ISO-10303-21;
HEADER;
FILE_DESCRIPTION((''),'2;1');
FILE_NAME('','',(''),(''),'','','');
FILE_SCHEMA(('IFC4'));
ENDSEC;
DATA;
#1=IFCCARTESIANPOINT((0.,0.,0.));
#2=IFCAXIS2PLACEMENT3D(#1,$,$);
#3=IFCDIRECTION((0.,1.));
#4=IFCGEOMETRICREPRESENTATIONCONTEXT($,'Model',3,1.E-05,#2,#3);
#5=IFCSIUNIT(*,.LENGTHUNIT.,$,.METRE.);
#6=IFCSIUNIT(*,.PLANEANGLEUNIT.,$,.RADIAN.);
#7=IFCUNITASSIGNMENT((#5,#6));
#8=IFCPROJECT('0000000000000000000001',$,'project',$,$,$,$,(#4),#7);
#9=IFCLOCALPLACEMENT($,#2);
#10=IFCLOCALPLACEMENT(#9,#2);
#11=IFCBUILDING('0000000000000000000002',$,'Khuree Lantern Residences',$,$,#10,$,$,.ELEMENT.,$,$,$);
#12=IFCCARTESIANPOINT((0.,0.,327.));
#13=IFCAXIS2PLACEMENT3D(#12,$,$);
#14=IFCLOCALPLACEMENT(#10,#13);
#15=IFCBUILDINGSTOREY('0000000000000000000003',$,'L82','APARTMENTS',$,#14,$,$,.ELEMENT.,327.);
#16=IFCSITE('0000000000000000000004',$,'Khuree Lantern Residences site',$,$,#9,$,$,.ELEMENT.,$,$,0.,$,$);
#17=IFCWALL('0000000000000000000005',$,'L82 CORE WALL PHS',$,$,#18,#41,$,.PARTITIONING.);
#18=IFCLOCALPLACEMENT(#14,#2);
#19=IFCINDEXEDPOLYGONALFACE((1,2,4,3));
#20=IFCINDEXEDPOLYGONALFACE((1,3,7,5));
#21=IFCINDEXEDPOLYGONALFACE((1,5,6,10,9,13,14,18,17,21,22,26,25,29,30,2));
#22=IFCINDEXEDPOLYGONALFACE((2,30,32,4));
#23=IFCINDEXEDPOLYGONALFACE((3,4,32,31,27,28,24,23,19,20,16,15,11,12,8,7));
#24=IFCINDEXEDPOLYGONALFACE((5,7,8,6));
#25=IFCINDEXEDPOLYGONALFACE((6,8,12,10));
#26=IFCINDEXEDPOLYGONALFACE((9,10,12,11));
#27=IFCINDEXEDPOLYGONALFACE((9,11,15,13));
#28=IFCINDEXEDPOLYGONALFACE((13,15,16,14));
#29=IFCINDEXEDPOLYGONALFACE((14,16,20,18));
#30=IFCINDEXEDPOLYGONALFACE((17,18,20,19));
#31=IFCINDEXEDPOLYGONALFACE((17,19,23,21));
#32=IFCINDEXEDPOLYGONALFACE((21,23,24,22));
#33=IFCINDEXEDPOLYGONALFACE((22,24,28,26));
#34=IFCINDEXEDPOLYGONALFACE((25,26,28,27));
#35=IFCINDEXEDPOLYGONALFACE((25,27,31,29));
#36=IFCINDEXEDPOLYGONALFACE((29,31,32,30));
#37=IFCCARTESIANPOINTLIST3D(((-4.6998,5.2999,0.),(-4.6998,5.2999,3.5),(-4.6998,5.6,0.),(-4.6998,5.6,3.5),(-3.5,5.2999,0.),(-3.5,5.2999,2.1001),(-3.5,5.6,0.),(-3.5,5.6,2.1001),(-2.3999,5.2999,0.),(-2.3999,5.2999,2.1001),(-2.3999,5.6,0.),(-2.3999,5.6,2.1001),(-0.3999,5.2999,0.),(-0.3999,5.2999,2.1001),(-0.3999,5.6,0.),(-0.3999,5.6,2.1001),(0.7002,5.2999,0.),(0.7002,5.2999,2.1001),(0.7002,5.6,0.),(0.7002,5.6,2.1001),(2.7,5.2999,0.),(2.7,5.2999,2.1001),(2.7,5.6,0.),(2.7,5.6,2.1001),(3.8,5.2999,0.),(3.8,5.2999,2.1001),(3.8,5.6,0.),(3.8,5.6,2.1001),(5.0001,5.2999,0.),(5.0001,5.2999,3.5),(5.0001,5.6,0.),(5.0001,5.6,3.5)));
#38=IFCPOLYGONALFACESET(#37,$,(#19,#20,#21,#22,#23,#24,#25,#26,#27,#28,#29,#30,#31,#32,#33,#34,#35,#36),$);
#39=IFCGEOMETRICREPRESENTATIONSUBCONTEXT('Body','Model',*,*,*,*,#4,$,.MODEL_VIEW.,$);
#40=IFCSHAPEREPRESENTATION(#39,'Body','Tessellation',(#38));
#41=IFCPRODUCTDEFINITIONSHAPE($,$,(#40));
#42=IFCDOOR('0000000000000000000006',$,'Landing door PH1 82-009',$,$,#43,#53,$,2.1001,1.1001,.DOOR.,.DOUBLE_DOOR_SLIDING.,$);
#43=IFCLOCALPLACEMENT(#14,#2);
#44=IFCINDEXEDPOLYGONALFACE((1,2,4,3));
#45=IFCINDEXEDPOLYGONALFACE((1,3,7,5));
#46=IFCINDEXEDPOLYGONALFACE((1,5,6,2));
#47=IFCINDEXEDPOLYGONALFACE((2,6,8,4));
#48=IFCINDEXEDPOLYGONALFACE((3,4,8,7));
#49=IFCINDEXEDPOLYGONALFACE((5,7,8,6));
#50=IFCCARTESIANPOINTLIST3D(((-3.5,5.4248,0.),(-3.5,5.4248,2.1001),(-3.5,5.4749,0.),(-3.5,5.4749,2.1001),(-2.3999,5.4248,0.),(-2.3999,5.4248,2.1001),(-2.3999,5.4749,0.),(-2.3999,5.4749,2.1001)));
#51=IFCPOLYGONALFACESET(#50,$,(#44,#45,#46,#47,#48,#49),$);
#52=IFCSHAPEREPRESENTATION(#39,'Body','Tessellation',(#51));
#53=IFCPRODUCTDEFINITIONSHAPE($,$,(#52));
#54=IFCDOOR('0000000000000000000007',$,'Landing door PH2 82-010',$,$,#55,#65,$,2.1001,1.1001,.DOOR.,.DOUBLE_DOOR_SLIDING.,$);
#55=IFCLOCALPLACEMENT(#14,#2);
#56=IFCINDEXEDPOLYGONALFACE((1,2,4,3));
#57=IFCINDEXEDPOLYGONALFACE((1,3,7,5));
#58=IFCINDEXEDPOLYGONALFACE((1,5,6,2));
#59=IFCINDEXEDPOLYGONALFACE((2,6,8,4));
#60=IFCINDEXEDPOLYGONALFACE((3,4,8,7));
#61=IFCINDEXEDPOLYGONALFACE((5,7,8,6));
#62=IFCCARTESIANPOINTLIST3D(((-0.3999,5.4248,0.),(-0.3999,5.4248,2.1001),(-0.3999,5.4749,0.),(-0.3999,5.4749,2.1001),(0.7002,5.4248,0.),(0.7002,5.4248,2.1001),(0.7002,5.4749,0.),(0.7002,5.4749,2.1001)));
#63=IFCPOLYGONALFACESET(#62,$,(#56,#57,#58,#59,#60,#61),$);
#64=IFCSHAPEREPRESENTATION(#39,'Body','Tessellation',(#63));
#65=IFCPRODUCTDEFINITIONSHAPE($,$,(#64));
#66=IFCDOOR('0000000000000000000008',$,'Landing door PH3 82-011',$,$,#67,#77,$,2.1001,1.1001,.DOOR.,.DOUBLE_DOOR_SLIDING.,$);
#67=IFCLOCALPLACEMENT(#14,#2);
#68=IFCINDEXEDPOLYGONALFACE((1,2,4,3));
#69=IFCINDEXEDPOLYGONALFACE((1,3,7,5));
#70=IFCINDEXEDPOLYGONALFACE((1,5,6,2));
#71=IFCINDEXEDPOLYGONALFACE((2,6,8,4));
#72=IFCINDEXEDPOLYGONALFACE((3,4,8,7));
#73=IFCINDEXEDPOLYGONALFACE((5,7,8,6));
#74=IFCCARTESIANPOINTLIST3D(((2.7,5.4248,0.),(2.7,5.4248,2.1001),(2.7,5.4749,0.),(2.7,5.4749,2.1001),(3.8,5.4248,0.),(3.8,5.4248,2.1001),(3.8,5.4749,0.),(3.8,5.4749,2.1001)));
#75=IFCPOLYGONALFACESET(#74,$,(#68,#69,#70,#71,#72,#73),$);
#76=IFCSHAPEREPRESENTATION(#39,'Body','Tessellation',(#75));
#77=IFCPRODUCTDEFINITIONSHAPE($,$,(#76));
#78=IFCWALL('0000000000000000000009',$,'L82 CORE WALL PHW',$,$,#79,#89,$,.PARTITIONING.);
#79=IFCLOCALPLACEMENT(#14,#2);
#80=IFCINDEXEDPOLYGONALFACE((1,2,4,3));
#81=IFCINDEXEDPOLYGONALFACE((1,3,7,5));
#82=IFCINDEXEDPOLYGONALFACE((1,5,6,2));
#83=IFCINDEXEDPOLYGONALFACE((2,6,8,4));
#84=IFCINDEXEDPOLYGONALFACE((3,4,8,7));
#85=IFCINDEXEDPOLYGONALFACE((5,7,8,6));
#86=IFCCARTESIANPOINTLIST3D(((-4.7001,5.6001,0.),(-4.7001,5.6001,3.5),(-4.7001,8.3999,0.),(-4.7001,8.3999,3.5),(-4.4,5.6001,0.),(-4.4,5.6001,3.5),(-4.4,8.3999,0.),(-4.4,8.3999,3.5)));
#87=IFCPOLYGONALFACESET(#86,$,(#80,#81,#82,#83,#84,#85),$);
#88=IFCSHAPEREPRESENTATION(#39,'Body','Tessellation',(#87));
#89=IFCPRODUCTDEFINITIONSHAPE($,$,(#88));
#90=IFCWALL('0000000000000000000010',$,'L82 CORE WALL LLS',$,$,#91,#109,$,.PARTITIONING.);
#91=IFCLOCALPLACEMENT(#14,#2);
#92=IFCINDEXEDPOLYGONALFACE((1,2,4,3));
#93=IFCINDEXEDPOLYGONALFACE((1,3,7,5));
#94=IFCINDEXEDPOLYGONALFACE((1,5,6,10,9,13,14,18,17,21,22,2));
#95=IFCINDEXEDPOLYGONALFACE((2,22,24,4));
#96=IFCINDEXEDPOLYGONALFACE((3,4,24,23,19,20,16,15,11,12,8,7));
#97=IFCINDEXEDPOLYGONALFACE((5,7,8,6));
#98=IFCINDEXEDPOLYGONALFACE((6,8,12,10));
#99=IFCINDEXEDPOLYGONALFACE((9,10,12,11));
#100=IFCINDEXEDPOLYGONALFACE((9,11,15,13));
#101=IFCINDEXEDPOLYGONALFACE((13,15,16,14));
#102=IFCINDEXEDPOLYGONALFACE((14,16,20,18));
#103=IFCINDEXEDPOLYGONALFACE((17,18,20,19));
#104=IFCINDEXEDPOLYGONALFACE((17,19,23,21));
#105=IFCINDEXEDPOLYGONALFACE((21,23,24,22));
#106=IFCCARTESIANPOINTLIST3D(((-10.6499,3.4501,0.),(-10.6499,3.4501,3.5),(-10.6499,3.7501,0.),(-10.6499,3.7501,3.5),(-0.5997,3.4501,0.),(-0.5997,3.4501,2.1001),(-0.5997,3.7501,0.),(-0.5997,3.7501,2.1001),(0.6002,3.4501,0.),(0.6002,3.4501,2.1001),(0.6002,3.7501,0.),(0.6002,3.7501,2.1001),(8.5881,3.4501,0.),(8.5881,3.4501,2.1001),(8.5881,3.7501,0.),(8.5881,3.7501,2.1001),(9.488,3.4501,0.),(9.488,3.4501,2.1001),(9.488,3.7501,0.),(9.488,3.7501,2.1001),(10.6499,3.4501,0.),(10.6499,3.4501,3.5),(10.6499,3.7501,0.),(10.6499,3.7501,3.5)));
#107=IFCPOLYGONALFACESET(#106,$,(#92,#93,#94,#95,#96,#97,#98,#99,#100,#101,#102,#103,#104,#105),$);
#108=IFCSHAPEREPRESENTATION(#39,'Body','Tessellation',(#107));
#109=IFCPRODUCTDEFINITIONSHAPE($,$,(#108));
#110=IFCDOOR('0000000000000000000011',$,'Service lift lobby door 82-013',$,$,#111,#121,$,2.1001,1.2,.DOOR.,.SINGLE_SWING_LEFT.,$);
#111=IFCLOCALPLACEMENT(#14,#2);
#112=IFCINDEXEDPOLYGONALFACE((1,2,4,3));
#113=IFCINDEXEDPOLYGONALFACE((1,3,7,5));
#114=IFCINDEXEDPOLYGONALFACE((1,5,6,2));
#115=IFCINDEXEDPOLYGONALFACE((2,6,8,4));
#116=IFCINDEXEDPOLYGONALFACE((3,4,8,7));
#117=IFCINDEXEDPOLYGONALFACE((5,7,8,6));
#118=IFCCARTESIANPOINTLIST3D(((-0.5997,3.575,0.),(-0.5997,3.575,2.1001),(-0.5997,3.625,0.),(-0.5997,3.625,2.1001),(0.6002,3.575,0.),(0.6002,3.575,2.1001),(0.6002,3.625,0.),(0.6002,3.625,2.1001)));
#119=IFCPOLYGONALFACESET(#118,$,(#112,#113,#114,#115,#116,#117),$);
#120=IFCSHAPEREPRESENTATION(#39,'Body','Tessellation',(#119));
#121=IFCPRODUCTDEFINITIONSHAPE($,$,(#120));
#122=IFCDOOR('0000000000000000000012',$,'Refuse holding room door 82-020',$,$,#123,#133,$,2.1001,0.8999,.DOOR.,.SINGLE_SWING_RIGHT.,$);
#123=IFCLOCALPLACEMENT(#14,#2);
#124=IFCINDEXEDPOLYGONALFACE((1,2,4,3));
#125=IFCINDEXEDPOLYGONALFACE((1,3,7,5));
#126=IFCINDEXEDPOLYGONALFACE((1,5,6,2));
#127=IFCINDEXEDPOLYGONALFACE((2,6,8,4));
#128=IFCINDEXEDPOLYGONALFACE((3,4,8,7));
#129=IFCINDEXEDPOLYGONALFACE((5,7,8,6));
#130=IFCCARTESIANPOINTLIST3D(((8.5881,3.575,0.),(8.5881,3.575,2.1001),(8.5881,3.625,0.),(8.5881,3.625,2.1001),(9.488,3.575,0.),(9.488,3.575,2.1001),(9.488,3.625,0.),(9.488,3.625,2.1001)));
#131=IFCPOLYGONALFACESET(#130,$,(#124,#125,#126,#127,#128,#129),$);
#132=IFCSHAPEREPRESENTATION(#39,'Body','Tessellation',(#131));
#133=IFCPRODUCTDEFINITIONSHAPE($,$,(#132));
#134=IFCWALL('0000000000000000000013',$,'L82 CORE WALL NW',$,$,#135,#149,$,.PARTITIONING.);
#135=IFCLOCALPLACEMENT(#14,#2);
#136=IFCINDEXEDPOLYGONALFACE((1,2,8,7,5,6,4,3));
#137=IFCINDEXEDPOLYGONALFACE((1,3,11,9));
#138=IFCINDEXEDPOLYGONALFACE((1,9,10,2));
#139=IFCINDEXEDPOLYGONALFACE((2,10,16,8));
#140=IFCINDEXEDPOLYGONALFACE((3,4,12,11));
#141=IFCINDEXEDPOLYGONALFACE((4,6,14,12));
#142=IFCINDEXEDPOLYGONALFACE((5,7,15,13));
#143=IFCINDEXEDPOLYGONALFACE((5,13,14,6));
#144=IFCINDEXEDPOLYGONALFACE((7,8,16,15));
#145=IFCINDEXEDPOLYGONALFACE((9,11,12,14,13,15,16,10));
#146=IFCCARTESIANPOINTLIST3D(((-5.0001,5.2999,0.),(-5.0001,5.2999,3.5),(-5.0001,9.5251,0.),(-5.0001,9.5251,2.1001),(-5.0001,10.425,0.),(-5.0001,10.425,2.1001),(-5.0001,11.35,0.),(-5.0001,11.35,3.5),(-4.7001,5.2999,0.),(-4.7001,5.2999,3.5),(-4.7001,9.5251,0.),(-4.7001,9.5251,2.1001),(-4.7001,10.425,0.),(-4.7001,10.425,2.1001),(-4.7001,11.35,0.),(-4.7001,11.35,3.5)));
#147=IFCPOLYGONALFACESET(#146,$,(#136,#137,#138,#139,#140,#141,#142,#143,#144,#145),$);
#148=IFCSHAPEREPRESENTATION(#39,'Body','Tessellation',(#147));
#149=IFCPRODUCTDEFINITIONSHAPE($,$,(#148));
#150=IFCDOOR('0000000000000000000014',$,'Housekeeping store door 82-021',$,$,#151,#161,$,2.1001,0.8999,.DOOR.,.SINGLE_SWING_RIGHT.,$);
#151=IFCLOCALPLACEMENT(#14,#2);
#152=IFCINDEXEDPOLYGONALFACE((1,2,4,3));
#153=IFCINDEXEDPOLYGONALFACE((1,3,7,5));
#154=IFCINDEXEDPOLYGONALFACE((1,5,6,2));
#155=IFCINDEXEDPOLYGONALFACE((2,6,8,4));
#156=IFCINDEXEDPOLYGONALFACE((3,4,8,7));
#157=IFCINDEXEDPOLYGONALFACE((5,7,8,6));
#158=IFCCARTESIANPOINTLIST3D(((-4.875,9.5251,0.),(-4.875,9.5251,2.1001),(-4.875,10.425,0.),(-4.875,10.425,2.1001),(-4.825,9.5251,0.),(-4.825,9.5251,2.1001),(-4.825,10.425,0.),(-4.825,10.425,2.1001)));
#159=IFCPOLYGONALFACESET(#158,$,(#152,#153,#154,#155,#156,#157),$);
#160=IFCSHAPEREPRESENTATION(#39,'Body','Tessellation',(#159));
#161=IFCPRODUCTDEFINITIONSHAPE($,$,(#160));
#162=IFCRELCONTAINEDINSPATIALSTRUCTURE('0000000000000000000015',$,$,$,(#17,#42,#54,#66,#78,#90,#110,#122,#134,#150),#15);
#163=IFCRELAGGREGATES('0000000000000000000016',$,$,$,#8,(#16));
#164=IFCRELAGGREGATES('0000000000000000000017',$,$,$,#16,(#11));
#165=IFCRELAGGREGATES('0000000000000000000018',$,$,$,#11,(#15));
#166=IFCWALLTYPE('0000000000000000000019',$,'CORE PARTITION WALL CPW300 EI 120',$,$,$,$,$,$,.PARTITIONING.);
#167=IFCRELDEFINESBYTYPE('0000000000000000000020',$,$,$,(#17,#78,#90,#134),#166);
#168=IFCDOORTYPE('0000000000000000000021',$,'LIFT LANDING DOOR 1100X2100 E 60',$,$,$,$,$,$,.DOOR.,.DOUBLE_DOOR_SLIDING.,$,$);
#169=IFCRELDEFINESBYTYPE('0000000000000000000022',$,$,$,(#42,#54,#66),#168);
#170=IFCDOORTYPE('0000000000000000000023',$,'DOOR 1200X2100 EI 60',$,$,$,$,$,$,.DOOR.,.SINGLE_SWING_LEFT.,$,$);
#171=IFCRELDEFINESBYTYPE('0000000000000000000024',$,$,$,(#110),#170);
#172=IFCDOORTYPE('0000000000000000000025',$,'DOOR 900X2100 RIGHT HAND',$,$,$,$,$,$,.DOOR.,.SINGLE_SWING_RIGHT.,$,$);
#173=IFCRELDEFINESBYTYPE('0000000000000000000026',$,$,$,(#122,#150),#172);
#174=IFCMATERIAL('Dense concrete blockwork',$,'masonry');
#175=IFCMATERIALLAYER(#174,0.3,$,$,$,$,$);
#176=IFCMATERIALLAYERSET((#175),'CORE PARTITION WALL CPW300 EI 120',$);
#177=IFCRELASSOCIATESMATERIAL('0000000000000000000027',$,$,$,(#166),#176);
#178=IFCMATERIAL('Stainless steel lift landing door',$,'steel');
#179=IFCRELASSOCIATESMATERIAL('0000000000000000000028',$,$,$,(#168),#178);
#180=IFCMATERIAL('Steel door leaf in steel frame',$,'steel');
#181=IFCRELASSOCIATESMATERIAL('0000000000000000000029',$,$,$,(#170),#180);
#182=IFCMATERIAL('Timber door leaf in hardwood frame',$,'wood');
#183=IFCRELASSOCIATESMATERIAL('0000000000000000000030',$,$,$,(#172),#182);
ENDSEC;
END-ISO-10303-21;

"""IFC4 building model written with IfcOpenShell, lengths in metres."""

from ifc_helpers import new_model, si_unit, direction, frame, frame_2d, origin, place, context, subcontext, project, spatial, rectangle, extrude, material, layer, layer_set, type_object, element, fill, save


model = new_model("IFC4")

# Units and contexts
model_context = context("Model", 3, precision=1e-05, world=origin(), true_north=direction((0.0, 1.0)))
body_context = subcontext(model_context, "Body", "Model", "MODEL_VIEW")
ifc_project = project(units=[si_unit("LENGTHUNIT", "METRE"), si_unit("PLANEANGLEUNIT", "RADIAN")], contexts=[model_context])

# Site, building, storey
site_placement = place(None, origin())
site = spatial("IfcSite", under=ifc_project, at=site_placement, Name="Khuree Lantern Residences site", CompositionType="ELEMENT", RefElevation=0.0)
building_placement = place(site_placement, origin())
building = spatial("IfcBuilding", under=site, at=building_placement, Name="Khuree Lantern Residences", CompositionType="ELEMENT")
storey_placement = place(building_placement, frame((0.0, 0.0, 327.0)))
storey = spatial("IfcBuildingStorey", under=building, at=storey_placement, Name="L82", Description="APARTMENTS", CompositionType="ELEMENT", Elevation=327.0)

# Wall, openings, doors
ifc_material_1 = material(Name="Dense concrete blockwork", Category="masonry")
ifc_layer_1 = layer(ifc_material_1, 0.3)
ifc_layer_set_1 = layer_set([ifc_layer_1], Name="CORE PARTITION WALL CPW300 EI 120")
wall_type_1 = type_object("IfcWallType", Name="CORE PARTITION WALL CPW300 EI 120", PredefinedType="PARTITIONING", material=ifc_layer_set_1)
wall_1_placement = place(storey_placement, frame((-4.7, 5.45, 0.0), z_axis=(0.0, 0.0, 1.0), x_axis=(1.0, 0.0, 0.0)))
wall_1 = element("IfcWall", 1, at=wall_1_placement, inside=storey, type_object=wall_type_1, Name="L82 CORE WALL PHS", PredefinedType="PARTITIONING", context=body_context, shape_type="SweptSolid", body=[
    extrude(rectangle(XDim=9.7, YDim=0.3, at=frame_2d((4.8501, 0.0))), origin(), (0.0, 0.0, 1.0), 3.5),
])
opening_1_placement = place(wall_1_placement, frame((1.2, 0.0, 0.0)))
opening_1 = element("IfcOpeningElement", 2, at=opening_1_placement, cuts=wall_1, PredefinedType="OPENING", context=body_context, shape_type="SweptSolid", body=[
    extrude(rectangle(XDim=1.1001, YDim=2.1001, at=frame_2d((0.55, 1.05))), frame((0.0, 0.1602, 0.0), z_axis=(0.0, -1.0, 0.0), x_axis=(1.0, 0.0, 0.0)), (0.0, 0.0, 1.0), 0.3201),
])
opening_2_placement = place(wall_1_placement, frame((4.3, 0.0, 0.0)))
opening_2 = element("IfcOpeningElement", 3, at=opening_2_placement, cuts=wall_1, PredefinedType="OPENING", context=body_context, shape_type="SweptSolid", body=[
    extrude(rectangle(XDim=1.1001, YDim=2.1001, at=frame_2d((0.55, 1.05))), frame((0.0, 0.1602, 0.0), z_axis=(0.0, -1.0, 0.0), x_axis=(1.0, 0.0, 0.0)), (0.0, 0.0, 1.0), 0.3201),
])
opening_3_placement = place(wall_1_placement, frame((7.3999, 0.0, 0.0)))
opening_3 = element("IfcOpeningElement", 4, at=opening_3_placement, cuts=wall_1, PredefinedType="OPENING", context=body_context, shape_type="SweptSolid", body=[
    extrude(rectangle(XDim=1.1001, YDim=2.1001, at=frame_2d((0.55, 1.05))), frame((0.0, 0.1602, 0.0), z_axis=(0.0, -1.0, 0.0), x_axis=(1.0, 0.0, 0.0)), (0.0, 0.0, 1.0), 0.3201),
])
ifc_material_2 = material(Name="Stainless steel lift landing door", Category="steel")
door_type_1 = type_object("IfcDoorType", Name="LIFT LANDING DOOR 1100X2100 E 60", OperationType="DOUBLE_DOOR_SLIDING", PredefinedType="DOOR", material=ifc_material_2)
door_1_placement = place(opening_1_placement, origin())
door_1 = element("IfcDoor", 5, at=door_1_placement, inside=storey, type_object=door_type_1, Name="Landing door PH1 82-009", OperationType="DOUBLE_DOOR_SLIDING", OverallHeight=2.1001, OverallWidth=1.1001, PredefinedType="DOOR", context=body_context, shape_type="SweptSolid", body=[
    extrude(rectangle(XDim=1.1001, YDim=2.1001, at=frame_2d((0.55, 1.05))), frame((0.0, 0.0249, 0.0), z_axis=(0.0, -1.0, 0.0), x_axis=(1.0, 0.0, 0.0)), (0.0, 0.0, 1.0), 0.05),
])
fill(opening_1, door_1)
door_2_placement = place(opening_2_placement, origin())
door_2 = element("IfcDoor", 6, at=door_2_placement, inside=storey, type_object=door_type_1, Name="Landing door PH2 82-010", OperationType="DOUBLE_DOOR_SLIDING", OverallHeight=2.1001, OverallWidth=1.1001, PredefinedType="DOOR", context=body_context, shape_type="SweptSolid", body=[
    extrude(rectangle(XDim=1.1001, YDim=2.1001, at=frame_2d((0.55, 1.05))), frame((0.0, 0.0249, 0.0), z_axis=(0.0, -1.0, 0.0), x_axis=(1.0, 0.0, 0.0)), (0.0, 0.0, 1.0), 0.05),
])
fill(opening_2, door_2)
door_3_placement = place(opening_3_placement, origin())
door_3 = element("IfcDoor", 7, at=door_3_placement, inside=storey, type_object=door_type_1, Name="Landing door PH3 82-011", OperationType="DOUBLE_DOOR_SLIDING", OverallHeight=2.1001, OverallWidth=1.1001, PredefinedType="DOOR", context=body_context, shape_type="SweptSolid", body=[
    extrude(rectangle(XDim=1.1001, YDim=2.1001, at=frame_2d((0.55, 1.05))), frame((0.0, 0.0249, 0.0), z_axis=(0.0, -1.0, 0.0), x_axis=(1.0, 0.0, 0.0)), (0.0, 0.0, 1.0), 0.05),
])
fill(opening_3, door_3)

# Wall
wall_2_placement = place(storey_placement, frame((-4.55, 5.6001, 0.0), z_axis=(0.0, 0.0, 1.0), x_axis=(0.0, 1.0, 0.0)))
element("IfcWall", 8, at=wall_2_placement, inside=storey, type_object=wall_type_1, Name="L82 CORE WALL PHW", PredefinedType="PARTITIONING", context=body_context, shape_type="SweptSolid", body=[
    extrude(rectangle(XDim=2.7998, YDim=0.3, at=frame_2d((1.3999, 0.0))), origin(), (0.0, 0.0, 1.0), 3.5),
])

# Wall, openings, doors
wall_3_placement = place(storey_placement, frame((-10.6499, 3.6001, 0.0), z_axis=(0.0, 0.0, 1.0), x_axis=(1.0, 0.0, 0.0)))
wall_3 = element("IfcWall", 9, at=wall_3_placement, inside=storey, type_object=wall_type_1, Name="L82 CORE WALL LLS", PredefinedType="PARTITIONING", context=body_context, shape_type="SweptSolid", body=[
    extrude(rectangle(XDim=21.2998, YDim=0.3, at=frame_2d((10.6499, 0.0))), origin(), (0.0, 0.0, 1.0), 3.5),
])
opening_4_placement = place(wall_3_placement, frame((10.05, 0.0, 0.0)))
opening_4 = element("IfcOpeningElement", 10, at=opening_4_placement, cuts=wall_3, PredefinedType="OPENING", context=body_context, shape_type="SweptSolid", body=[
    extrude(rectangle(XDim=1.2, YDim=2.1001, at=frame_2d((0.6001, 1.05))), frame((0.0, 0.1602, 0.0), z_axis=(0.0, -1.0, 0.0), x_axis=(1.0, 0.0, 0.0)), (0.0, 0.0, 1.0), 0.3201),
])
opening_5_placement = place(wall_3_placement, frame((19.238, 0.0, 0.0)))
opening_5 = element("IfcOpeningElement", 11, at=opening_5_placement, cuts=wall_3, PredefinedType="OPENING", context=body_context, shape_type="SweptSolid", body=[
    extrude(rectangle(XDim=0.8999, YDim=2.1001, at=frame_2d((0.45, 1.05))), frame((0.0, 0.1602, 0.0), z_axis=(0.0, -1.0, 0.0), x_axis=(1.0, 0.0, 0.0)), (0.0, 0.0, 1.0), 0.3201),
])
ifc_material_3 = material(Name="Steel door leaf in steel frame", Category="steel")
door_type_2 = type_object("IfcDoorType", Name="DOOR 1200X2100 EI 60", OperationType="SINGLE_SWING_LEFT", PredefinedType="DOOR", material=ifc_material_3)
door_4_placement = place(opening_4_placement, origin())
door_4 = element("IfcDoor", 12, at=door_4_placement, inside=storey, type_object=door_type_2, Name="Service lift lobby door 82-013", OperationType="SINGLE_SWING_LEFT", OverallHeight=2.1001, OverallWidth=1.2, PredefinedType="DOOR", context=body_context, shape_type="SweptSolid", body=[
    extrude(rectangle(XDim=1.2, YDim=2.1001, at=frame_2d((0.6001, 1.05))), frame((0.0, 0.0249, 0.0), z_axis=(0.0, -1.0, 0.0), x_axis=(1.0, 0.0, 0.0)), (0.0, 0.0, 1.0), 0.05),
])
fill(opening_4, door_4)
ifc_material_4 = material(Name="Timber door leaf in hardwood frame", Category="wood")
door_type_3 = type_object("IfcDoorType", Name="DOOR 900X2100 RIGHT HAND", OperationType="SINGLE_SWING_RIGHT", PredefinedType="DOOR", material=ifc_material_4)
door_5_placement = place(opening_5_placement, origin())
door_5 = element("IfcDoor", 13, at=door_5_placement, inside=storey, type_object=door_type_3, Name="Refuse holding room door 82-020", OperationType="SINGLE_SWING_RIGHT", OverallHeight=2.1001, OverallWidth=0.8999, PredefinedType="DOOR", context=body_context, shape_type="SweptSolid", body=[
    extrude(rectangle(XDim=0.8999, YDim=2.1001, at=frame_2d((0.45, 1.05))), frame((0.0, 0.0249, 0.0), z_axis=(0.0, -1.0, 0.0), x_axis=(1.0, 0.0, 0.0)), (0.0, 0.0, 1.0), 0.05),
])
fill(opening_5, door_5)

# Wall, opening, door
wall_4_placement = place(storey_placement, frame((-4.8501, 5.3, 0.0), z_axis=(0.0, 0.0, 1.0), x_axis=(0.0, 1.0, 0.0)))
wall_4 = element("IfcWall", 14, at=wall_4_placement, inside=storey, type_object=wall_type_1, Name="L82 CORE WALL NW", PredefinedType="PARTITIONING", context=body_context, shape_type="SweptSolid", body=[
    extrude(rectangle(XDim=6.05, YDim=0.3, at=frame_2d((3.0249, 0.0))), origin(), (0.0, 0.0, 1.0), 3.5),
])
opening_6_placement = place(wall_4_placement, frame((4.2251, 0.0, 0.0)))
opening_6 = element("IfcOpeningElement", 15, at=opening_6_placement, cuts=wall_4, PredefinedType="OPENING", context=body_context, shape_type="SweptSolid", body=[
    extrude(rectangle(XDim=0.8999, YDim=2.1001, at=frame_2d((0.45, 1.05))), frame((0.0, 0.1602, 0.0), z_axis=(0.0, -1.0, 0.0), x_axis=(1.0, 0.0, 0.0)), (0.0, 0.0, 1.0), 0.3201),
])
door_6_placement = place(opening_6_placement, origin())
door_6 = element("IfcDoor", 16, at=door_6_placement, inside=storey, type_object=door_type_3, Name="Housekeeping store door 82-021", OperationType="SINGLE_SWING_RIGHT", OverallHeight=2.1001, OverallWidth=0.8999, PredefinedType="DOOR", context=body_context, shape_type="SweptSolid", body=[
    extrude(rectangle(XDim=0.8999, YDim=2.1001, at=frame_2d((0.45, 1.05))), frame((0.0, 0.0249, 0.0), z_axis=(0.0, -1.0, 0.0), x_axis=(1.0, 0.0, 0.0)), (0.0, 0.0, 1.0), 0.05),
])
fill(opening_6, door_6)

save(model, "model.ifc")
